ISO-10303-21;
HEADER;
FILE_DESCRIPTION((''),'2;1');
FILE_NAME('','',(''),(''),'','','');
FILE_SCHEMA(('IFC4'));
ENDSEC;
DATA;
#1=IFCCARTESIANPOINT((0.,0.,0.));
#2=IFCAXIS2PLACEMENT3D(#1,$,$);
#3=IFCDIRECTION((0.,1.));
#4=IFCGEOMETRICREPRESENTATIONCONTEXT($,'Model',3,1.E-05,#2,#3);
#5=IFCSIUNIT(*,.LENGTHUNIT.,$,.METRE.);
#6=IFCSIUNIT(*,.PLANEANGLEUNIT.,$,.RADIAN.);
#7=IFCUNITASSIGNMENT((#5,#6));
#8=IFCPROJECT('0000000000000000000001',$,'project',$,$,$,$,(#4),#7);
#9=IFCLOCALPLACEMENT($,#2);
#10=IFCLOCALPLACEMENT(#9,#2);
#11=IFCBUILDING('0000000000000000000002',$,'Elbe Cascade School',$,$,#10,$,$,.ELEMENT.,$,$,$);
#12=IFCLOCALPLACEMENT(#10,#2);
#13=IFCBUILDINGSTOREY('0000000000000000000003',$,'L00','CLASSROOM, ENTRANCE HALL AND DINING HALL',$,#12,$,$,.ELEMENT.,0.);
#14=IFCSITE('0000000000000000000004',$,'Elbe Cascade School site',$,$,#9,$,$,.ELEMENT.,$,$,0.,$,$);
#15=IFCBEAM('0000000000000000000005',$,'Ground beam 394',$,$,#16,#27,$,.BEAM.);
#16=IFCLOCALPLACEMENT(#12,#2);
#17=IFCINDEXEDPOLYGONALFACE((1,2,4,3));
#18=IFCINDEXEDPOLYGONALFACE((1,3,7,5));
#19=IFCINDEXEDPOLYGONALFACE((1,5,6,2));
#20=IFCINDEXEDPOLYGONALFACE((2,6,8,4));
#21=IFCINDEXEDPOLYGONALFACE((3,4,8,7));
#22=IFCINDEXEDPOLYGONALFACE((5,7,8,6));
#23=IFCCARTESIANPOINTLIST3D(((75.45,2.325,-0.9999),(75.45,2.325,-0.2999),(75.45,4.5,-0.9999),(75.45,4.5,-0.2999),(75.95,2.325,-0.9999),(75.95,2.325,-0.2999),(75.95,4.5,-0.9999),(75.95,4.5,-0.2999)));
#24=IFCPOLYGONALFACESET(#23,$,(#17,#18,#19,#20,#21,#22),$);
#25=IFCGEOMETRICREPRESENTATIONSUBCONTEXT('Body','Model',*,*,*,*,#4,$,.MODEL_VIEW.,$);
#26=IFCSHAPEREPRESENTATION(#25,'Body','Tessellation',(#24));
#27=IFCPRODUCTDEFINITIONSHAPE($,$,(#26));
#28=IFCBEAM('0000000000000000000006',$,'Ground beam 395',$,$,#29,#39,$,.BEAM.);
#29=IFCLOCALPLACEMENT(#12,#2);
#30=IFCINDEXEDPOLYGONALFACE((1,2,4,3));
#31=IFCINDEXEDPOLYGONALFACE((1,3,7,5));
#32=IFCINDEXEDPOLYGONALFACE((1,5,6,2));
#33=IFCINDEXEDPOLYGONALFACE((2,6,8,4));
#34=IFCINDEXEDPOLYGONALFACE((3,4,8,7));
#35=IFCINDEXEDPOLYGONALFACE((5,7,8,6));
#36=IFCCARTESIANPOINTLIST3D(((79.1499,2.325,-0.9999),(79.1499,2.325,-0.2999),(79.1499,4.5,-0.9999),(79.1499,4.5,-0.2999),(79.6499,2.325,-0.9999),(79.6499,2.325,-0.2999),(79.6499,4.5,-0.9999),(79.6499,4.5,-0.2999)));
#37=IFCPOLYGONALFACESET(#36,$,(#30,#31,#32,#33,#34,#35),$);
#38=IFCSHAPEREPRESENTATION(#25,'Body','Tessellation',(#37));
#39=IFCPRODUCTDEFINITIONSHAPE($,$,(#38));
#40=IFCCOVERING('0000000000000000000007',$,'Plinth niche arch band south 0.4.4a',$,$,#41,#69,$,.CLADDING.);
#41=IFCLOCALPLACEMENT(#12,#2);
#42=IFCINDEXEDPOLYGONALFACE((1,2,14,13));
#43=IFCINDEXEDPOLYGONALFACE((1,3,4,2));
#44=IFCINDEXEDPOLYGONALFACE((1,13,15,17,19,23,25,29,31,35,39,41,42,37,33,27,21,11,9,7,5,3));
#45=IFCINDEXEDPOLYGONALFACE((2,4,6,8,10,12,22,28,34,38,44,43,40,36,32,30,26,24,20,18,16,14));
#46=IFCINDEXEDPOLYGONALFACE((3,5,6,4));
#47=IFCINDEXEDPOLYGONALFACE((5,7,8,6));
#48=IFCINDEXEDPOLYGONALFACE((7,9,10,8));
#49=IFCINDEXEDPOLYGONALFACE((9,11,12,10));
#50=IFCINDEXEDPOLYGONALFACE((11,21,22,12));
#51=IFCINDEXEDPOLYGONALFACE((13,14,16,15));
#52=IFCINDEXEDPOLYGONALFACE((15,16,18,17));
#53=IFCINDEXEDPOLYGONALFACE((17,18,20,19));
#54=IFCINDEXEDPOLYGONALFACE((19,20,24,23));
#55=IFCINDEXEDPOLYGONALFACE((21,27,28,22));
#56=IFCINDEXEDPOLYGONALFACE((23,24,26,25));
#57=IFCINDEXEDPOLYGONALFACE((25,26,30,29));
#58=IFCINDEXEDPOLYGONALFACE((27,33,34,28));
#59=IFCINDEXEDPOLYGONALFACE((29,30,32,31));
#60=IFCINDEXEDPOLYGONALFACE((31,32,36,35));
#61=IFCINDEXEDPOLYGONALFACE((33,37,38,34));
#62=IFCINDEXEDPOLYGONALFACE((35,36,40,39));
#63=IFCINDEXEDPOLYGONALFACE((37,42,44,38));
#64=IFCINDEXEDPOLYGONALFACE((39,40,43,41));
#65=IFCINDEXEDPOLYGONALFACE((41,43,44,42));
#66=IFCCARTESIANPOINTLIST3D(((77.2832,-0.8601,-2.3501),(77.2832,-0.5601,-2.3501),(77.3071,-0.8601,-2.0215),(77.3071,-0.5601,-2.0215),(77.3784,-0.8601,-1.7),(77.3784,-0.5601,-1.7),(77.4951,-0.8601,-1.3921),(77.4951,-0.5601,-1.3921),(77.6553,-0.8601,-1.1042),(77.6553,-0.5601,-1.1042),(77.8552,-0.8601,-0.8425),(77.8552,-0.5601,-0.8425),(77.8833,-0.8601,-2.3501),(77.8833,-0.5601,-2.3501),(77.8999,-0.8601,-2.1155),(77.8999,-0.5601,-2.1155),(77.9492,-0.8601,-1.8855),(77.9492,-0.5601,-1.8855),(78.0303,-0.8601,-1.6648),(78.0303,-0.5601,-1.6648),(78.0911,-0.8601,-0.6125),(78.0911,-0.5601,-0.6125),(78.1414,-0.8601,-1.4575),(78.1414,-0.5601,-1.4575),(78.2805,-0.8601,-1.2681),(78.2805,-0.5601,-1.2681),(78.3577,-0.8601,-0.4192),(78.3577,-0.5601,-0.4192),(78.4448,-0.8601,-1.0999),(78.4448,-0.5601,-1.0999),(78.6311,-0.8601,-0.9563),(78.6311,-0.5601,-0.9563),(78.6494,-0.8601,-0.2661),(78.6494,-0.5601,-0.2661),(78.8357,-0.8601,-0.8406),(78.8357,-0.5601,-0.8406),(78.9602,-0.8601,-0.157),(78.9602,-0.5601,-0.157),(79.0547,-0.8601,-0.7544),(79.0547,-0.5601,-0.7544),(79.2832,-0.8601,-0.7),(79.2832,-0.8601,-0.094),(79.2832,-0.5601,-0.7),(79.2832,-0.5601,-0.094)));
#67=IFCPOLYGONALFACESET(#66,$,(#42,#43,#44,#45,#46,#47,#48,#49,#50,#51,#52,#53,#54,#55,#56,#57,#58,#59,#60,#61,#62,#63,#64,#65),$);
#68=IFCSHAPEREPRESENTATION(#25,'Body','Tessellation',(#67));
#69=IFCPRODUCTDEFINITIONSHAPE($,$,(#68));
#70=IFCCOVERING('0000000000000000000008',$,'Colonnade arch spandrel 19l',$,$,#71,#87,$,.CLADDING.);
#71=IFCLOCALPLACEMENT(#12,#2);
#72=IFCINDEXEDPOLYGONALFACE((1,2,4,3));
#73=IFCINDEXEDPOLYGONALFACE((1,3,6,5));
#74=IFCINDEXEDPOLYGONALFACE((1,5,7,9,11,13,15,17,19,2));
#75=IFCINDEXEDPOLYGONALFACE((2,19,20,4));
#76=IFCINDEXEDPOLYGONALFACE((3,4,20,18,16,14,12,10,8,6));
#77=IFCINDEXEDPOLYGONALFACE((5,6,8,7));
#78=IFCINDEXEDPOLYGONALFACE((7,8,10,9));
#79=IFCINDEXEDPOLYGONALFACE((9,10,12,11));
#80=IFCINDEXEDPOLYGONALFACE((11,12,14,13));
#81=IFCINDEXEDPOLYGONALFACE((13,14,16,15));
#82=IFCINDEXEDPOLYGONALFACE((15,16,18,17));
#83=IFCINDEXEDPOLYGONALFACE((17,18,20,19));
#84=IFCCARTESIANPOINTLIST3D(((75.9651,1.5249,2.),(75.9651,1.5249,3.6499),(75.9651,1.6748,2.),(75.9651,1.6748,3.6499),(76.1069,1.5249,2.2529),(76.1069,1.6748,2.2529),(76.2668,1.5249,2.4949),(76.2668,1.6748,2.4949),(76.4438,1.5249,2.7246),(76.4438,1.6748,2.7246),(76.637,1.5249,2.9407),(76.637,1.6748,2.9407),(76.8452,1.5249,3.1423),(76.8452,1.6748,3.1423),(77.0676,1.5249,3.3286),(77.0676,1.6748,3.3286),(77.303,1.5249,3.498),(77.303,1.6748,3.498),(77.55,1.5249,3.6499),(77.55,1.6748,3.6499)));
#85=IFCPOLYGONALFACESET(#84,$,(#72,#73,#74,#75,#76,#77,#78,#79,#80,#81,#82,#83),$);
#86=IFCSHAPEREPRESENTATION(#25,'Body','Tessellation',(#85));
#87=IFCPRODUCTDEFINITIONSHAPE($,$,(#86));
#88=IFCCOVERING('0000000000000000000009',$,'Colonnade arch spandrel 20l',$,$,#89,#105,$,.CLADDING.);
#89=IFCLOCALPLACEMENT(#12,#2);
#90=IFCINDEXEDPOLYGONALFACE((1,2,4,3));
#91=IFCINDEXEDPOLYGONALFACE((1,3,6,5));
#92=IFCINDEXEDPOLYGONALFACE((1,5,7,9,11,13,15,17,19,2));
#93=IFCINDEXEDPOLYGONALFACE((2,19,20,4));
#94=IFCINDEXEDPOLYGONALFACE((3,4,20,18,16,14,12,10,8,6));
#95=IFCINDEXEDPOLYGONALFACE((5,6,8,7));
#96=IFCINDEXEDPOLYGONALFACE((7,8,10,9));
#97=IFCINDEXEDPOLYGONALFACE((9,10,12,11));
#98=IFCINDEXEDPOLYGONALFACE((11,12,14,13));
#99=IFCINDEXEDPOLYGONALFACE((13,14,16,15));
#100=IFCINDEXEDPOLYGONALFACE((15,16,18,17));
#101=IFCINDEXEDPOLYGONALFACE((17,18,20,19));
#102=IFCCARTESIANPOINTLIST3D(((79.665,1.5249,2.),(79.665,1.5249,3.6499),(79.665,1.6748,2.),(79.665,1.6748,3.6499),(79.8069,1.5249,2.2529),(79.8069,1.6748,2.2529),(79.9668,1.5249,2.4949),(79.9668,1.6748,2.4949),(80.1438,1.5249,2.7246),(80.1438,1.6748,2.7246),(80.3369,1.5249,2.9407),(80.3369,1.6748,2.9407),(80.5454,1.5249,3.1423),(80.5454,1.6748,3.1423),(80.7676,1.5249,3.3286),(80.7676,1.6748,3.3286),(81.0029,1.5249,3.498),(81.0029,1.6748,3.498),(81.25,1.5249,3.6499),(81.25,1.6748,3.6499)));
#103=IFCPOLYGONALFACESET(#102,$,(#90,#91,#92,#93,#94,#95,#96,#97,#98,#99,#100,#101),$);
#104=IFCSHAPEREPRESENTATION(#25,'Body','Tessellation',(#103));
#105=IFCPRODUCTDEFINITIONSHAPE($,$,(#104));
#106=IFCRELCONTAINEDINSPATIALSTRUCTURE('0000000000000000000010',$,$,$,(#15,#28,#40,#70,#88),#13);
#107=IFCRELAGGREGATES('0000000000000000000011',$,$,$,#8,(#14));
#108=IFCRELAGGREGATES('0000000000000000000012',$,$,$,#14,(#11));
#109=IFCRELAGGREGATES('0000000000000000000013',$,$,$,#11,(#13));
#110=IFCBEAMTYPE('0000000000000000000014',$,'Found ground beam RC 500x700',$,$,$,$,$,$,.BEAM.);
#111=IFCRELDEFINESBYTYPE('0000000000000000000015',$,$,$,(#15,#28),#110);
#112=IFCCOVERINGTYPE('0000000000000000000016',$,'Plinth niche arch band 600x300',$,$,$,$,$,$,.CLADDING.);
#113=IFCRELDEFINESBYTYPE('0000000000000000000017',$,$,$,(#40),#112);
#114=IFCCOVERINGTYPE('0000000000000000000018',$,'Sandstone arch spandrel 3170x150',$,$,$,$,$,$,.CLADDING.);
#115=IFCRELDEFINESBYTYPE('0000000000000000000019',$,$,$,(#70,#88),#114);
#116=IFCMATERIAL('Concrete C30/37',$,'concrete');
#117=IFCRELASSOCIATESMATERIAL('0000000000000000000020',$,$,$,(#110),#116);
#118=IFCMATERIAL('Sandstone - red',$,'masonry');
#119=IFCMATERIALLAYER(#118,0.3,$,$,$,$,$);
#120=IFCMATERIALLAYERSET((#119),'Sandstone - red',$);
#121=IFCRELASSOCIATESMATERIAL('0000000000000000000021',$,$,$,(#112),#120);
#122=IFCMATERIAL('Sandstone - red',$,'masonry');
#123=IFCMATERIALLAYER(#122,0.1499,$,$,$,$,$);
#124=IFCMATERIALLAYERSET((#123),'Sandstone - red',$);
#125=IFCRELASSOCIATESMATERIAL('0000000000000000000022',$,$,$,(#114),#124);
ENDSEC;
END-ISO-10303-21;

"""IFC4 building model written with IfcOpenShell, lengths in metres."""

from ifc_helpers import new_model, si_unit, direction, frame, origin, origin_2d, place, context, subcontext, project, spatial, polyline, rectangle, outline, extrude, material, layer, layer_set, material_profile, profile_set, type_object, element, save


model = new_model("IFC4")

# Units and contexts
model_context = context("Model", 3, precision=1e-05, world=origin(), true_north=direction((0.0, 1.0)))
body_context = subcontext(model_context, "Body", "Model", "MODEL_VIEW")
ifc_project = project(units=[si_unit("LENGTHUNIT", "METRE"), si_unit("PLANEANGLEUNIT", "RADIAN")], contexts=[model_context])

# Site, building, storey
site_placement = place(None, origin())
site = spatial("IfcSite", under=ifc_project, at=site_placement, Name="Elbe Cascade School site", CompositionType="ELEMENT", RefElevation=0.0)
building_placement = place(site_placement, origin())
building = spatial("IfcBuilding", under=site, at=building_placement, Name="Elbe Cascade School", CompositionType="ELEMENT")
storey_placement = place(building_placement, origin())
storey = spatial("IfcBuildingStorey", under=building, at=storey_placement, Name="L00", Description="CLASSROOM, ENTRANCE HALL AND DINING HALL", CompositionType="ELEMENT", Elevation=0.0)

# Beams
ifc_material_1 = material(Name="Concrete C30/37", Category="concrete")
ifc_material_profile_1 = material_profile(ifc_material_1, rectangle(XDim=0.5, YDim=0.7, at=origin_2d()), Name="RC 500x700")
ifc_profile_set_1 = profile_set([ifc_material_profile_1], Name="Concrete C30/37")
beam_type_1 = type_object("IfcBeamType", Name="Found ground beam RC 500x700", PredefinedType="BEAM", material=ifc_profile_set_1)
for number, where, z_axis, x_axis, name in (
    (1, (75.7, 2.325, -0.6499), (0.0, 1.0, 0.0), (-1.0, 0.0, 0.0), "Ground beam 394"),
    (2, (79.3999, 2.325, -0.6499), (0.0, 1.0, 0.0), (-1.0, 0.0, 0.0), "Ground beam 395"),
):
    element("IfcBeam", number, at=place(storey_placement, frame(where, z_axis=z_axis, x_axis=x_axis)), inside=storey, type_object=beam_type_1, Name=name, PredefinedType="BEAM", context=body_context, shape_type="SweptSolid", body=[
        extrude(rectangle(XDim=0.5, YDim=0.7, at=origin_2d()), origin(), (0.0, 0.0, 1.0), 2.175),
    ])

# Coverings
ifc_material_2 = material(Name="Sandstone - red", Category="masonry")
ifc_layer_1 = layer(ifc_material_2, 0.3)
ifc_layer_set_1 = layer_set([ifc_layer_1], Name="Sandstone - red")
covering_type_1 = type_object("IfcCoveringType", Name="Plinth niche arch band 600x300", PredefinedType="CLADDING", material=ifc_layer_set_1)
covering_1_placement = place(storey_placement, frame((77.2832, -0.8601, -2.3501), z_axis=(0.0, -1.0, 0.0), x_axis=(1.0, 0.0, 0.0)))
element("IfcCovering", 3, at=covering_1_placement, inside=storey, type_object=covering_type_1, Name="Plinth niche arch band south 0.4.4a", PredefinedType="CLADDING", context=body_context, shape_type="SweptSolid", body=[
    extrude(outline(polyline([(0.0, 0.0), (0.6001, 0.0), (0.6167, 0.2346), (0.666, 0.4646), (0.7471, 0.6853), (0.8582, 0.8926), (0.9973, 1.082), (1.1616, 1.2502), (1.3479, 1.3938), (1.5525, 1.5095), (1.7715, 1.5957), (2.0, 1.6501), (2.0, 2.2561), (1.677, 2.1931), (1.3662, 2.084), (1.0745, 1.9309), (0.8079, 1.7375), (0.572, 1.5076), (0.3721, 1.2458), (0.2119, 0.958), (0.0952, 0.6501), (0.0239, 0.3286), (0.0, 0.0)])), origin(), (0.0, 0.0, -1.0), 0.3),
])
ifc_material_3 = material(Name="Sandstone - red", Category="masonry")
ifc_layer_2 = layer(ifc_material_3, 0.1499)
ifc_layer_set_2 = layer_set([ifc_layer_2], Name="Sandstone - red")
covering_type_2 = type_object("IfcCoveringType", Name="Sandstone arch spandrel 3170x150", PredefinedType="CLADDING", material=ifc_layer_set_2)
covering_2_placement = place(storey_placement, frame((75.9651, 1.5249, 3.6499), z_axis=(0.0, -1.0, 0.0), x_axis=(0.0, 0.0, -1.0)))
element("IfcCovering", 4, at=covering_2_placement, inside=storey, type_object=covering_type_2, Name="Colonnade arch spandrel 19l", PredefinedType="CLADDING", context=body_context, shape_type="SweptSolid", body=[
    extrude(outline(polyline([(0.0, 0.0), (1.6499, 0.0), (1.397, 0.1418), (1.155, 0.3018), (0.9253, 0.4788), (0.7092, 0.6719), (0.5076, 0.8801), (0.3213, 1.1025), (0.1519, 1.3379), (0.0, 1.585), (0.0, 0.0)])), origin(), (0.0, 0.0, -1.0), 0.1499),
])
covering_3_placement = place(storey_placement, frame((79.665, 1.5249, 3.6499), z_axis=(0.0, -1.0, 0.0), x_axis=(0.0, 0.0, -1.0)))
element("IfcCovering", 5, at=covering_3_placement, inside=storey, type_object=covering_type_2, Name="Colonnade arch spandrel 20l", PredefinedType="CLADDING", context=body_context, shape_type="SweptSolid", body=[
    extrude(outline(polyline([(0.0, 0.0), (1.6499, 0.0), (1.397, 0.1418), (1.155, 0.3018), (0.9253, 0.4788), (0.7092, 0.6719), (0.5076, 0.8804), (0.3213, 1.1025), (0.1519, 1.3379), (0.0, 1.585), (0.0, 0.0)])), origin(), (0.0, 0.0, -1.0), 0.1499),
])

save(model, "model.ifc")
